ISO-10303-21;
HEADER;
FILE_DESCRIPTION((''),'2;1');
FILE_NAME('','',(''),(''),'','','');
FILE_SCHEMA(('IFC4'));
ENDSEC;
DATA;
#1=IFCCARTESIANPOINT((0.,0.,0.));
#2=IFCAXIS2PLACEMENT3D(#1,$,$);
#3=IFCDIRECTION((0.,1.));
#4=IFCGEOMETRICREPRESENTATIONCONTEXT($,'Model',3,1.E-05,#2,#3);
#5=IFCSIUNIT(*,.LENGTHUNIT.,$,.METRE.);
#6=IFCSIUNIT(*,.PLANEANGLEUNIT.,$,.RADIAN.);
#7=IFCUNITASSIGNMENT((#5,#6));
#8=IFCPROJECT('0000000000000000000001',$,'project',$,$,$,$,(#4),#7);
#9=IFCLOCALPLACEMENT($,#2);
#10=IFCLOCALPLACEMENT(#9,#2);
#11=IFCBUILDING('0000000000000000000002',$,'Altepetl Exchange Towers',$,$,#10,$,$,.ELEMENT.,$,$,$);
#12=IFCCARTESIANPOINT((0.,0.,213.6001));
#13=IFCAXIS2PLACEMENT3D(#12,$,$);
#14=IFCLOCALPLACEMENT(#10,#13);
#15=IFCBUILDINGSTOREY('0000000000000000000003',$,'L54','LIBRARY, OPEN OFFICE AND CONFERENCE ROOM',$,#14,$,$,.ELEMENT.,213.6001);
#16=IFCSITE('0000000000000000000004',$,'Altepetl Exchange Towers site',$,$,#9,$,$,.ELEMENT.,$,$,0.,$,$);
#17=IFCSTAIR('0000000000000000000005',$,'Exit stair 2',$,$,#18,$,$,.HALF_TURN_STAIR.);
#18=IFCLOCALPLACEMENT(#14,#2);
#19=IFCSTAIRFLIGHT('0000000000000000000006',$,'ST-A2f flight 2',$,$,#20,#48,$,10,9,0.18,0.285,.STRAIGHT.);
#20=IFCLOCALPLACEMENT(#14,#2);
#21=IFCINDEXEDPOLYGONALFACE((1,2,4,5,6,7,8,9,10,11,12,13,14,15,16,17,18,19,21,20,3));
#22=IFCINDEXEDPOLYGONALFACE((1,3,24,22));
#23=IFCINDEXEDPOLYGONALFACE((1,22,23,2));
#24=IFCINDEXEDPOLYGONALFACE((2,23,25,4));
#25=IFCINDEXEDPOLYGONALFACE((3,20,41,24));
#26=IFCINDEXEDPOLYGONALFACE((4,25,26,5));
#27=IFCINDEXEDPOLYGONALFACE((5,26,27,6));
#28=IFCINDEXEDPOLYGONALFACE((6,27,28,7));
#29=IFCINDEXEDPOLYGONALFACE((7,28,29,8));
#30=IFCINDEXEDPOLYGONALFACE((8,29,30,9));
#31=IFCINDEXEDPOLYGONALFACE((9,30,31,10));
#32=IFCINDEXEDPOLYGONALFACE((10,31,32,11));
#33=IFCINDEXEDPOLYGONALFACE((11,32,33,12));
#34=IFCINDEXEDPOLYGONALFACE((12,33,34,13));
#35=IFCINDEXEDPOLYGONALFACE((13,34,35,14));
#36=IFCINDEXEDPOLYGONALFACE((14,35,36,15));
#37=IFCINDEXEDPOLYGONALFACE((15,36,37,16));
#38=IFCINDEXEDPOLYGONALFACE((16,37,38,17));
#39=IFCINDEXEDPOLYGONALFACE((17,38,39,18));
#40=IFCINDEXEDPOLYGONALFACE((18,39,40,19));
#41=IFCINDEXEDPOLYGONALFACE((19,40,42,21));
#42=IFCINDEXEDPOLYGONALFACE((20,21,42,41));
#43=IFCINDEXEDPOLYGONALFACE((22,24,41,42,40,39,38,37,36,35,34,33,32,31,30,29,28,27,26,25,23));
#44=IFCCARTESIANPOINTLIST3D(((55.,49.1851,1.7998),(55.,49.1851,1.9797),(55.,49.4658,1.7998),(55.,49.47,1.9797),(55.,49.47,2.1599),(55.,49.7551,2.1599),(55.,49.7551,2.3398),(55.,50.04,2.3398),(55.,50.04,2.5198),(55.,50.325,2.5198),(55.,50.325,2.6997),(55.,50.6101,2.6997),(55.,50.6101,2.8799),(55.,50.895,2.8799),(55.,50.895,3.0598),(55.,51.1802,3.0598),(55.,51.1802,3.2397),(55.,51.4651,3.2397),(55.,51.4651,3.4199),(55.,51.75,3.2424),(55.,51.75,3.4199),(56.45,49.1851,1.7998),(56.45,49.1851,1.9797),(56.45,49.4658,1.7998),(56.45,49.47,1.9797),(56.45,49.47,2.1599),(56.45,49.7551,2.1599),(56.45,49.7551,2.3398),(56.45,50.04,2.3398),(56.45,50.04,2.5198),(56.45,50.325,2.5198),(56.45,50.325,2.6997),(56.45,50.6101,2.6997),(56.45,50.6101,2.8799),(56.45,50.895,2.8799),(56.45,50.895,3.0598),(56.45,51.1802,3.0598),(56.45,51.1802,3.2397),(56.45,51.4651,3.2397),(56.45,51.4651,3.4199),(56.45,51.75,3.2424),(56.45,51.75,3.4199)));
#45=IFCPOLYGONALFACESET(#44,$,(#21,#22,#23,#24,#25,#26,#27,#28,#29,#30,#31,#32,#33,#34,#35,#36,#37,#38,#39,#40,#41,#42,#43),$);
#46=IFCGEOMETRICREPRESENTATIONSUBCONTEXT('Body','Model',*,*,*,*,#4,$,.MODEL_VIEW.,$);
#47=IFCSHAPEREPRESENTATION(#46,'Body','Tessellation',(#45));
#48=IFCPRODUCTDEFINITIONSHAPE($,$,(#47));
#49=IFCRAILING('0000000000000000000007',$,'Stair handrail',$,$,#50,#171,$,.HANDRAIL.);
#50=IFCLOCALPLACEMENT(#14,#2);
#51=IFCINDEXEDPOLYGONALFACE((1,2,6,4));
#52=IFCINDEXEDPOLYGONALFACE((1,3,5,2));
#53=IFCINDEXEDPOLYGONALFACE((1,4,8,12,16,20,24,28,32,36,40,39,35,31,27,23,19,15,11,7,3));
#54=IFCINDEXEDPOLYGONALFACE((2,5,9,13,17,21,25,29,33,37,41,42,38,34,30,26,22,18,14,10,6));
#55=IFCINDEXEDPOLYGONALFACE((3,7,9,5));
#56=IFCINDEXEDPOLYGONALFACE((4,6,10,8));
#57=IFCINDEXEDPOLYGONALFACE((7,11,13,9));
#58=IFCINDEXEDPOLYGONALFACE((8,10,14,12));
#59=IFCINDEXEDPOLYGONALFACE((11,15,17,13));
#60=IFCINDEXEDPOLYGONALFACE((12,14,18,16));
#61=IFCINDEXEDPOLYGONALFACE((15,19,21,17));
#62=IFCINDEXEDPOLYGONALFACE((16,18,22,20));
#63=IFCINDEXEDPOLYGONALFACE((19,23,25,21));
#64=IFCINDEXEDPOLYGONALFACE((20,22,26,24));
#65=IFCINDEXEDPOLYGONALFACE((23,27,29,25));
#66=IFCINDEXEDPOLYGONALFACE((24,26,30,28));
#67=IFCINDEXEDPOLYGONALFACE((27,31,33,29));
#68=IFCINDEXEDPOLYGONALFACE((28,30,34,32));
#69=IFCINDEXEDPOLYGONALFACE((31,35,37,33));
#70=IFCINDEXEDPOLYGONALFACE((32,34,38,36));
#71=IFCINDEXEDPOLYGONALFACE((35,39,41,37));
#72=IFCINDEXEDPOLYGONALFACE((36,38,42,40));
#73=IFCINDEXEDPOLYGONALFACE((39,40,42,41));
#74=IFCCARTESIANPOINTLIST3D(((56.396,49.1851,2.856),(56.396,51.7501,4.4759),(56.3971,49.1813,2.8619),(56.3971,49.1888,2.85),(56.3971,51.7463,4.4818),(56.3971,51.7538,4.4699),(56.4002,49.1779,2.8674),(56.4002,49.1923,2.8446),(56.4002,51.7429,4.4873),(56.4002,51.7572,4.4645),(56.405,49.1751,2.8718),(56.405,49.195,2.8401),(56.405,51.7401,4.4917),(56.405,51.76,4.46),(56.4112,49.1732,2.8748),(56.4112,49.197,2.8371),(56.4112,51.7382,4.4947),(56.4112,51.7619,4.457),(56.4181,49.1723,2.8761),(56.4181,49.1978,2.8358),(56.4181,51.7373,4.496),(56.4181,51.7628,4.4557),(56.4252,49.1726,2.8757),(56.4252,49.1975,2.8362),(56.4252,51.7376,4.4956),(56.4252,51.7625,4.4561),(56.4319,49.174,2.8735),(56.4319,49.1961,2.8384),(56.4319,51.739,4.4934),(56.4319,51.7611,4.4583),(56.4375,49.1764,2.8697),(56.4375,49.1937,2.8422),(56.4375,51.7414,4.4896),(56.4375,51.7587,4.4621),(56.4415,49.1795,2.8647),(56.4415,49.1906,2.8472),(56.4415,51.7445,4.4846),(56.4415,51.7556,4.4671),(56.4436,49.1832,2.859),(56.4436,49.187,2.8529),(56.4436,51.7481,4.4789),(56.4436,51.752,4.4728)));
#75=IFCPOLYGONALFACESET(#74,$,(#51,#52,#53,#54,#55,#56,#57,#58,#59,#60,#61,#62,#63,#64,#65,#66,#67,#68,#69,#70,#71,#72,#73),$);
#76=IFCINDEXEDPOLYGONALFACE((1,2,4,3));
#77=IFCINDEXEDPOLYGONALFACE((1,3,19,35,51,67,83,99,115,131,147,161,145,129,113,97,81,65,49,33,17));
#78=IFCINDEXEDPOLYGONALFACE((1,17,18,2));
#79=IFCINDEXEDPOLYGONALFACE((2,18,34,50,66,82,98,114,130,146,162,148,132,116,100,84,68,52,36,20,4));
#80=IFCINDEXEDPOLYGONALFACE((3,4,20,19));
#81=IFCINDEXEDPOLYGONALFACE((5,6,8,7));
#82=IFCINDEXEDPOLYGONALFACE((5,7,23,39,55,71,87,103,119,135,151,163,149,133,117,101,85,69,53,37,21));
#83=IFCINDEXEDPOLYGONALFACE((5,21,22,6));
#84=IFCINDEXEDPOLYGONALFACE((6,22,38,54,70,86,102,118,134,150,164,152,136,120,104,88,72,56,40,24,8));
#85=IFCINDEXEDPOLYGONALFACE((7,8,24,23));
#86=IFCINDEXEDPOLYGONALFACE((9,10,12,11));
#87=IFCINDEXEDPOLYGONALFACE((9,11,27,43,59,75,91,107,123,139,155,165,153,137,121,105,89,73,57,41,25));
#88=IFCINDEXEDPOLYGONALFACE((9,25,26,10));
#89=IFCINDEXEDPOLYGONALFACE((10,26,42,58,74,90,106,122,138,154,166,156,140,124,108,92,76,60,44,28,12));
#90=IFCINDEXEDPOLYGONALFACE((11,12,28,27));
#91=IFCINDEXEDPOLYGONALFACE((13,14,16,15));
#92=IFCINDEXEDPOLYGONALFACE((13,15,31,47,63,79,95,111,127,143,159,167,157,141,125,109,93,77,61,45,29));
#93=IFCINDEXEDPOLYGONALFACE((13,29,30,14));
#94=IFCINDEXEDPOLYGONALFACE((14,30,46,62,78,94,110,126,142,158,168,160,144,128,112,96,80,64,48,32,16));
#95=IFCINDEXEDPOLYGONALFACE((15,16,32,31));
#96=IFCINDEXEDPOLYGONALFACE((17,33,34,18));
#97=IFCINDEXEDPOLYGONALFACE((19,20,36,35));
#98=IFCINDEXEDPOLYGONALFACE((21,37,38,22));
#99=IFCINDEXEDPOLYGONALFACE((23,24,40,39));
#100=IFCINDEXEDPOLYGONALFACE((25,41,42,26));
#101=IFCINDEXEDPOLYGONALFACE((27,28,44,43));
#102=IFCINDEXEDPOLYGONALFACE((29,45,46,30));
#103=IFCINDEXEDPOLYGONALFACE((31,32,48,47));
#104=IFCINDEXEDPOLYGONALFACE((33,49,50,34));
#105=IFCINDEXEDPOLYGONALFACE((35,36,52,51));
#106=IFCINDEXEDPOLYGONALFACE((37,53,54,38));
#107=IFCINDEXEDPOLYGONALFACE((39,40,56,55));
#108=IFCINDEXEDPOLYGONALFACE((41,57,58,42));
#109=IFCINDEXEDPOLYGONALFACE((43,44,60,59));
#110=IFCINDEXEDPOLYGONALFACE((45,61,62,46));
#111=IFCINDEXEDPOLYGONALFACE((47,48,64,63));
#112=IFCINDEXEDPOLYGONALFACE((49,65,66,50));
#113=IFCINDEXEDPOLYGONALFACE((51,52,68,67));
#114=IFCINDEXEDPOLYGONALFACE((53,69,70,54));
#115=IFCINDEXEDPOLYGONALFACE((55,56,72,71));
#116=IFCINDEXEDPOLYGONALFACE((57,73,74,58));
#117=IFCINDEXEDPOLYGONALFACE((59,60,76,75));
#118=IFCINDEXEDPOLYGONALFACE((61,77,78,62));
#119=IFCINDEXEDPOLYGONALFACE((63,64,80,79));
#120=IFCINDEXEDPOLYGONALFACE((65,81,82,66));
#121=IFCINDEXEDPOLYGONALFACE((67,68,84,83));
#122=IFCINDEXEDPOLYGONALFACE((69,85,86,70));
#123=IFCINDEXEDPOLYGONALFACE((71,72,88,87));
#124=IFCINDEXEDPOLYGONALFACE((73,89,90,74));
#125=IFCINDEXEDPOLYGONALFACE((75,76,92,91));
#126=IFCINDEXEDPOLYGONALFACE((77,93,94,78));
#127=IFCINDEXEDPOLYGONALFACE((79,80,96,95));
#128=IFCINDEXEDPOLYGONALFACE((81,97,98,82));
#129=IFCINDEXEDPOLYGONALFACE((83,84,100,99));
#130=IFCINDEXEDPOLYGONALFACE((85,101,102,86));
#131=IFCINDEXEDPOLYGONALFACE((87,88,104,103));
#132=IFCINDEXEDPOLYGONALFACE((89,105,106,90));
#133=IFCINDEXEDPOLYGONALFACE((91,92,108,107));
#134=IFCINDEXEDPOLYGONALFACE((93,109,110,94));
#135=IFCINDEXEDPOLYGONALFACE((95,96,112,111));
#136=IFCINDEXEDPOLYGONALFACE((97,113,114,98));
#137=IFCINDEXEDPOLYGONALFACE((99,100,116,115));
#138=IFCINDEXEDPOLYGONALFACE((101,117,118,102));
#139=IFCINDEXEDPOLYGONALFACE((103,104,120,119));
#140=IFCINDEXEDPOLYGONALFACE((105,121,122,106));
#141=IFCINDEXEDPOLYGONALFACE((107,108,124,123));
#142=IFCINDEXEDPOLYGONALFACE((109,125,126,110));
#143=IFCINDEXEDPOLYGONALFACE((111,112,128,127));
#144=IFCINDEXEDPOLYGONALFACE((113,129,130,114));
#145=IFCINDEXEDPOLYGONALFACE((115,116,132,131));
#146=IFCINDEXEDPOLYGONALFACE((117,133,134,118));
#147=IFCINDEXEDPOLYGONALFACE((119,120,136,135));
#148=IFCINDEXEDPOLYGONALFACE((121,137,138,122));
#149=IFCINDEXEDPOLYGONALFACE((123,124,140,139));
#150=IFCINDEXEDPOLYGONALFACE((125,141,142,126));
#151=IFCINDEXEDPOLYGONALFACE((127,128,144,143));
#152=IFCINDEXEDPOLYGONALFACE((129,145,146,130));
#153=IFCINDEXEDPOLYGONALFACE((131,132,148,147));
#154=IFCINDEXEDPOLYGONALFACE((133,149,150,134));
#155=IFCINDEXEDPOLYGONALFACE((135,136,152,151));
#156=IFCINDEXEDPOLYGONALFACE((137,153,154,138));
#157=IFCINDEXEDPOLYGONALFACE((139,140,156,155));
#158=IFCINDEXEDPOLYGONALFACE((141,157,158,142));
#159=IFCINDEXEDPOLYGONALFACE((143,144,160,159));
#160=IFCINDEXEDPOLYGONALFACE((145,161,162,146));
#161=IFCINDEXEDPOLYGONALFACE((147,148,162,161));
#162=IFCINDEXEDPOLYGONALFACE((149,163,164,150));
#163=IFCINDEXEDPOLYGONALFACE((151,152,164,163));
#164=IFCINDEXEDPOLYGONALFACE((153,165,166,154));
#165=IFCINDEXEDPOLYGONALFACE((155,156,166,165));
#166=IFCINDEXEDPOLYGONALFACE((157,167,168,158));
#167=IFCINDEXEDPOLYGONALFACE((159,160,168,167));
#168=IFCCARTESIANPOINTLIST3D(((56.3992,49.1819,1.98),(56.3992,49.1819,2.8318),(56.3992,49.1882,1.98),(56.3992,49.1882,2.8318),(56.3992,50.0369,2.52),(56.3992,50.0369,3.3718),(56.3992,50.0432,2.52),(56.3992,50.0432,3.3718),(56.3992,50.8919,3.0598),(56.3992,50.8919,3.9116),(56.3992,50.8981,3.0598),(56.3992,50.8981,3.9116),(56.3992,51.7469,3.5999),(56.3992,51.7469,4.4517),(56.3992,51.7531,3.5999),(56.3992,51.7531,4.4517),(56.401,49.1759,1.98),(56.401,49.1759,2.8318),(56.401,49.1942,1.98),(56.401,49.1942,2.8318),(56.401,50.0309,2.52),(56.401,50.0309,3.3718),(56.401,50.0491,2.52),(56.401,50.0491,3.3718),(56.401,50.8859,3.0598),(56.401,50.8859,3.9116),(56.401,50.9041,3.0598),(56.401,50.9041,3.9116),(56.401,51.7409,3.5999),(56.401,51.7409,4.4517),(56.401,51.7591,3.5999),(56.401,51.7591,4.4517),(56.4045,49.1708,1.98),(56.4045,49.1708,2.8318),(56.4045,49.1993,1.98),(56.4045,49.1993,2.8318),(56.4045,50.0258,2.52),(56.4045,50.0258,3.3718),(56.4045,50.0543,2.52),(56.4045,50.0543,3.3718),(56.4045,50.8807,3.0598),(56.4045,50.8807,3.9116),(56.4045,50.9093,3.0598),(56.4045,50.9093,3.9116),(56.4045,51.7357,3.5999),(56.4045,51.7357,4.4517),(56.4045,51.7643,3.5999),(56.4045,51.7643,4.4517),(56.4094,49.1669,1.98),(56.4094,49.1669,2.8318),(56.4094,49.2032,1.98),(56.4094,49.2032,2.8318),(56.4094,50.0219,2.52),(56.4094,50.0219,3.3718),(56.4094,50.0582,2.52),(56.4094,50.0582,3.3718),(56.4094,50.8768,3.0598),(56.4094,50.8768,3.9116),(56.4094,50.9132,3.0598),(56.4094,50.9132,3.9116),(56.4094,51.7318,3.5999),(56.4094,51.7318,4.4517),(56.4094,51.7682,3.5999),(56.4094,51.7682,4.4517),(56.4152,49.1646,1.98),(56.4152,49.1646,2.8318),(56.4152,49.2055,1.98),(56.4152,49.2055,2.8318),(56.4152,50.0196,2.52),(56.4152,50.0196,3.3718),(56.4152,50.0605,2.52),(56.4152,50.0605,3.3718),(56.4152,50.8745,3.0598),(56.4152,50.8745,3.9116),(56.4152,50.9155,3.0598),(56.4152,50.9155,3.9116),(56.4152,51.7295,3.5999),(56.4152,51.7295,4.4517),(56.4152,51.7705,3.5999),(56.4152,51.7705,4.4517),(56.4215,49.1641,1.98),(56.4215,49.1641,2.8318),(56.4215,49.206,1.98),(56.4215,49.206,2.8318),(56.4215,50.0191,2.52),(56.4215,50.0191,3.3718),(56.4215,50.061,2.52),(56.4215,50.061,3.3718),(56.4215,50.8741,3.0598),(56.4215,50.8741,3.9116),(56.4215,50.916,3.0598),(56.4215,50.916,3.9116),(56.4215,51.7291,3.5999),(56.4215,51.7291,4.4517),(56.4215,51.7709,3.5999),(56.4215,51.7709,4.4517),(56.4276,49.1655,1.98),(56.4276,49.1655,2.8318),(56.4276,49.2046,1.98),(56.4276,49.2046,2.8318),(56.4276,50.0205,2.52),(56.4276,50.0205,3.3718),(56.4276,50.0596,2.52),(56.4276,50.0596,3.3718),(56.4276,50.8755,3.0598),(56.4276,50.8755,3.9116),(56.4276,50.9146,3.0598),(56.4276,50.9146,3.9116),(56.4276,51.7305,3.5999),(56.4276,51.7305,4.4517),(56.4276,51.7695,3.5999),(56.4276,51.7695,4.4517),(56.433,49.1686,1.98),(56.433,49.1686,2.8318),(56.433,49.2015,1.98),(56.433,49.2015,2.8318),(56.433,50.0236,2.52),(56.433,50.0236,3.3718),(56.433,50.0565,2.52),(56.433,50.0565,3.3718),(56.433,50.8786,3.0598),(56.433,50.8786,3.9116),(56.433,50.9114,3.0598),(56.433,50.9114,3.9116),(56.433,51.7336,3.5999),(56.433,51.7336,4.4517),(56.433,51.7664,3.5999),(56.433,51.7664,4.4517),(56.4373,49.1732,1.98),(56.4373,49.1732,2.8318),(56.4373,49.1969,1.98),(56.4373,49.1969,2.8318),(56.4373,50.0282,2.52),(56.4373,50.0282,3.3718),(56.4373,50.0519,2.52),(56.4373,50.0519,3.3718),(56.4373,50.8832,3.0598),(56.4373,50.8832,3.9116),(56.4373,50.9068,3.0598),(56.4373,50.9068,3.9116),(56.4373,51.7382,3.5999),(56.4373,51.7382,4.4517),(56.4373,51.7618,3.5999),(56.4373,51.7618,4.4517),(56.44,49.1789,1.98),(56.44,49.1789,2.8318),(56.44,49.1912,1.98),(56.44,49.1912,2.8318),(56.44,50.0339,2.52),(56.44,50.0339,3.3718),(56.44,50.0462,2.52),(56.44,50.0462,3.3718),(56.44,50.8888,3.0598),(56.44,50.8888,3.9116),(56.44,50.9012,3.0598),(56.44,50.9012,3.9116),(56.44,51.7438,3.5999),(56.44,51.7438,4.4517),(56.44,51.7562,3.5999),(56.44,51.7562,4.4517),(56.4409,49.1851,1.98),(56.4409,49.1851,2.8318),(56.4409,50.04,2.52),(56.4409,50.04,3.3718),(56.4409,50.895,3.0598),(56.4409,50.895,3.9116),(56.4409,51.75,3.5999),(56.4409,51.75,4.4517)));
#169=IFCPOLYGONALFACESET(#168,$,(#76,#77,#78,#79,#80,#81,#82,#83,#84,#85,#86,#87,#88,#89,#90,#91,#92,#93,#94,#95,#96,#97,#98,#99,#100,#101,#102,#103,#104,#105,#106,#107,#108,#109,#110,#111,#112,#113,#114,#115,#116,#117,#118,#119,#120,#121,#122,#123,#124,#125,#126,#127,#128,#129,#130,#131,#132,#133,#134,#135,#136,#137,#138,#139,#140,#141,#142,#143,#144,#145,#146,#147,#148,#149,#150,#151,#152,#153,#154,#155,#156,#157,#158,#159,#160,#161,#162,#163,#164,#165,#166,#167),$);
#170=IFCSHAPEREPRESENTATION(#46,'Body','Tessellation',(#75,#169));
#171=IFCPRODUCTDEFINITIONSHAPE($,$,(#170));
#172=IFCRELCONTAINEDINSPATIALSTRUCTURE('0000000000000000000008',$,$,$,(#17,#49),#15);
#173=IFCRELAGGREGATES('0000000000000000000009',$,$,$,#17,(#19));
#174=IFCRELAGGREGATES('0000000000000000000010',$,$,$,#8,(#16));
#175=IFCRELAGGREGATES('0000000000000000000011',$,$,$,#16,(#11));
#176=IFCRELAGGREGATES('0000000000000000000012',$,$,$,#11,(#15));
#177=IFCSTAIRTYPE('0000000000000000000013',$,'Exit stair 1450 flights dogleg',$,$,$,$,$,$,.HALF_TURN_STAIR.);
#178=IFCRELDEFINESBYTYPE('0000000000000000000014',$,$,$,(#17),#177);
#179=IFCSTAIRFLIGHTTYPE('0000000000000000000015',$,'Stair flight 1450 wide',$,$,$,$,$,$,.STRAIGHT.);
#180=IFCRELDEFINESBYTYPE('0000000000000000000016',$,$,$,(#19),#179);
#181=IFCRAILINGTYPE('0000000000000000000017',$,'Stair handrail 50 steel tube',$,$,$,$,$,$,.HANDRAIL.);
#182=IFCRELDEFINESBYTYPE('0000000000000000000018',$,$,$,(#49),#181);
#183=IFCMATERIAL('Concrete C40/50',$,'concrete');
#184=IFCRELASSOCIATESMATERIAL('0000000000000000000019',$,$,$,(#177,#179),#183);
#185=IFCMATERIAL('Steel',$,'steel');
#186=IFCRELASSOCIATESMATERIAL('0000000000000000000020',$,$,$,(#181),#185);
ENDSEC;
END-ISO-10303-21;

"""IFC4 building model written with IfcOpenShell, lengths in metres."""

from ifc_helpers import new_model, si_unit, direction, frame, origin, origin_2d, place, context, subcontext, project, spatial, polyline, circle, outline, extrude, source, transform, mapped, material, type_object, element, aggregate, save


model = new_model("IFC4")

# Units and contexts
model_context = context("Model", 3, precision=1e-05, world=origin(), true_north=direction((0.0, 1.0)))
body_context = subcontext(model_context, "Body", "Model", "MODEL_VIEW")
ifc_project = project(units=[si_unit("LENGTHUNIT", "METRE"), si_unit("PLANEANGLEUNIT", "RADIAN")], contexts=[model_context])

# Site, building, storey
site_placement = place(None, origin())
site = spatial("IfcSite", under=ifc_project, at=site_placement, Name="Altepetl Exchange Towers site", CompositionType="ELEMENT", RefElevation=0.0)
building_placement = place(site_placement, origin())
building = spatial("IfcBuilding", under=site, at=building_placement, Name="Altepetl Exchange Towers", CompositionType="ELEMENT")
storey_placement = place(building_placement, frame((0.0, 0.0, 213.6001)))
storey = spatial("IfcBuildingStorey", under=building, at=storey_placement, Name="L54", Description="LIBRARY, OPEN OFFICE AND CONFERENCE ROOM", CompositionType="ELEMENT", Elevation=213.6001)

# Shared definitions
ifc_material_1 = material(Name="Concrete C40/50", Category="concrete")

# Stair, stair flight
stair_type = type_object("IfcStairType", Name="Exit stair 1450 flights dogleg", PredefinedType="HALF_TURN_STAIR", material=ifc_material_1)
stair_placement = place(storey_placement, origin())
stair = element("IfcStair", 1, at=stair_placement, inside=storey, type_object=stair_type, Name="Exit stair 2", PredefinedType="HALF_TURN_STAIR")
stair_flight_type = type_object("IfcStairFlightType", Name="Stair flight 1450 wide", PredefinedType="STRAIGHT", material=ifc_material_1)
stair_flight_placement = place(storey_placement, frame((55.7251, 49.1851, 1.7998), z_axis=(0.0, 0.0, 1.0), x_axis=(0.0, 1.0, 0.0)))
stair_flight = element("IfcStairFlight", 2, at=stair_flight_placement, type_object=stair_flight_type, Name="ST-A2f flight 2", NumberOfRisers=10, NumberOfTreads=9, PredefinedType="STRAIGHT", RiserHeight=0.18, TreadLength=0.285, context=body_context, shape_type="SweptSolid", body=[
    extrude(outline(polyline([(0.0, 0.0), (0.0, 0.1799), (0.2849, 0.1799), (0.2849, 0.3601), (0.5701, 0.3601), (0.5701, 0.54), (0.855, 0.54), (0.855, 0.72), (1.1399, 0.72), (1.1399, 0.8999), (1.425, 0.8999), (1.425, 1.0801), (1.71, 1.0801), (1.71, 1.26), (1.9951, 1.26), (1.9951, 1.4399), (2.28, 1.4399), (2.28, 1.6201), (2.5649, 1.6201), (2.5649, 1.8), (2.5649, 1.4426), (0.2808, 0.0), (0.0, 0.0)])), frame((0.0, 0.7251, 0.0), z_axis=(0.0, -1.0, 0.0), x_axis=(1.0, 0.0, 0.0)), (0.0, 0.0, 1.0), 1.45),
])
aggregate(stair, [stair_flight])

# Railing
ifc_material_2 = material(Name="Steel", Category="steel")
railing_type = type_object("IfcRailingType", Name="Stair handrail 50 steel tube", PredefinedType="HANDRAIL", material=ifc_material_2)
shared_shape = source(origin(), body_context, "Body", "SweptSolid", [
    extrude(circle(Radius=0.021, at=origin_2d()), origin(), (0.0, 0.0, 1.0), 0.8518),
])
railing_placement = place(storey_placement, frame((56.4199, 49.1851, 1.98)))
element("IfcRailing", 3, at=railing_placement, inside=storey, type_object=railing_type, Name="Stair handrail", PredefinedType="HANDRAIL", context=body_context, shape_type="SweptSolid", body=[
    extrude(circle(Radius=0.0239, at=origin_2d()), frame((0.0, 0.0, 0.876), z_axis=(0.0, 0.845502, 0.533972), x_axis=(-1.0, 0.0, 0.0)), (0.0, 0.0, 1.0), 3.0337),
    mapped(shared_shape, transform((0.0, 0.0, 0.0))),
    mapped(shared_shape, transform((0.0, 0.855, 0.54))),
    mapped(shared_shape, transform((0.0, 1.71, 1.0798))),
    mapped(shared_shape, transform((0.0, 2.5649, 1.6199))),
])

save(model, "model.ifc")
